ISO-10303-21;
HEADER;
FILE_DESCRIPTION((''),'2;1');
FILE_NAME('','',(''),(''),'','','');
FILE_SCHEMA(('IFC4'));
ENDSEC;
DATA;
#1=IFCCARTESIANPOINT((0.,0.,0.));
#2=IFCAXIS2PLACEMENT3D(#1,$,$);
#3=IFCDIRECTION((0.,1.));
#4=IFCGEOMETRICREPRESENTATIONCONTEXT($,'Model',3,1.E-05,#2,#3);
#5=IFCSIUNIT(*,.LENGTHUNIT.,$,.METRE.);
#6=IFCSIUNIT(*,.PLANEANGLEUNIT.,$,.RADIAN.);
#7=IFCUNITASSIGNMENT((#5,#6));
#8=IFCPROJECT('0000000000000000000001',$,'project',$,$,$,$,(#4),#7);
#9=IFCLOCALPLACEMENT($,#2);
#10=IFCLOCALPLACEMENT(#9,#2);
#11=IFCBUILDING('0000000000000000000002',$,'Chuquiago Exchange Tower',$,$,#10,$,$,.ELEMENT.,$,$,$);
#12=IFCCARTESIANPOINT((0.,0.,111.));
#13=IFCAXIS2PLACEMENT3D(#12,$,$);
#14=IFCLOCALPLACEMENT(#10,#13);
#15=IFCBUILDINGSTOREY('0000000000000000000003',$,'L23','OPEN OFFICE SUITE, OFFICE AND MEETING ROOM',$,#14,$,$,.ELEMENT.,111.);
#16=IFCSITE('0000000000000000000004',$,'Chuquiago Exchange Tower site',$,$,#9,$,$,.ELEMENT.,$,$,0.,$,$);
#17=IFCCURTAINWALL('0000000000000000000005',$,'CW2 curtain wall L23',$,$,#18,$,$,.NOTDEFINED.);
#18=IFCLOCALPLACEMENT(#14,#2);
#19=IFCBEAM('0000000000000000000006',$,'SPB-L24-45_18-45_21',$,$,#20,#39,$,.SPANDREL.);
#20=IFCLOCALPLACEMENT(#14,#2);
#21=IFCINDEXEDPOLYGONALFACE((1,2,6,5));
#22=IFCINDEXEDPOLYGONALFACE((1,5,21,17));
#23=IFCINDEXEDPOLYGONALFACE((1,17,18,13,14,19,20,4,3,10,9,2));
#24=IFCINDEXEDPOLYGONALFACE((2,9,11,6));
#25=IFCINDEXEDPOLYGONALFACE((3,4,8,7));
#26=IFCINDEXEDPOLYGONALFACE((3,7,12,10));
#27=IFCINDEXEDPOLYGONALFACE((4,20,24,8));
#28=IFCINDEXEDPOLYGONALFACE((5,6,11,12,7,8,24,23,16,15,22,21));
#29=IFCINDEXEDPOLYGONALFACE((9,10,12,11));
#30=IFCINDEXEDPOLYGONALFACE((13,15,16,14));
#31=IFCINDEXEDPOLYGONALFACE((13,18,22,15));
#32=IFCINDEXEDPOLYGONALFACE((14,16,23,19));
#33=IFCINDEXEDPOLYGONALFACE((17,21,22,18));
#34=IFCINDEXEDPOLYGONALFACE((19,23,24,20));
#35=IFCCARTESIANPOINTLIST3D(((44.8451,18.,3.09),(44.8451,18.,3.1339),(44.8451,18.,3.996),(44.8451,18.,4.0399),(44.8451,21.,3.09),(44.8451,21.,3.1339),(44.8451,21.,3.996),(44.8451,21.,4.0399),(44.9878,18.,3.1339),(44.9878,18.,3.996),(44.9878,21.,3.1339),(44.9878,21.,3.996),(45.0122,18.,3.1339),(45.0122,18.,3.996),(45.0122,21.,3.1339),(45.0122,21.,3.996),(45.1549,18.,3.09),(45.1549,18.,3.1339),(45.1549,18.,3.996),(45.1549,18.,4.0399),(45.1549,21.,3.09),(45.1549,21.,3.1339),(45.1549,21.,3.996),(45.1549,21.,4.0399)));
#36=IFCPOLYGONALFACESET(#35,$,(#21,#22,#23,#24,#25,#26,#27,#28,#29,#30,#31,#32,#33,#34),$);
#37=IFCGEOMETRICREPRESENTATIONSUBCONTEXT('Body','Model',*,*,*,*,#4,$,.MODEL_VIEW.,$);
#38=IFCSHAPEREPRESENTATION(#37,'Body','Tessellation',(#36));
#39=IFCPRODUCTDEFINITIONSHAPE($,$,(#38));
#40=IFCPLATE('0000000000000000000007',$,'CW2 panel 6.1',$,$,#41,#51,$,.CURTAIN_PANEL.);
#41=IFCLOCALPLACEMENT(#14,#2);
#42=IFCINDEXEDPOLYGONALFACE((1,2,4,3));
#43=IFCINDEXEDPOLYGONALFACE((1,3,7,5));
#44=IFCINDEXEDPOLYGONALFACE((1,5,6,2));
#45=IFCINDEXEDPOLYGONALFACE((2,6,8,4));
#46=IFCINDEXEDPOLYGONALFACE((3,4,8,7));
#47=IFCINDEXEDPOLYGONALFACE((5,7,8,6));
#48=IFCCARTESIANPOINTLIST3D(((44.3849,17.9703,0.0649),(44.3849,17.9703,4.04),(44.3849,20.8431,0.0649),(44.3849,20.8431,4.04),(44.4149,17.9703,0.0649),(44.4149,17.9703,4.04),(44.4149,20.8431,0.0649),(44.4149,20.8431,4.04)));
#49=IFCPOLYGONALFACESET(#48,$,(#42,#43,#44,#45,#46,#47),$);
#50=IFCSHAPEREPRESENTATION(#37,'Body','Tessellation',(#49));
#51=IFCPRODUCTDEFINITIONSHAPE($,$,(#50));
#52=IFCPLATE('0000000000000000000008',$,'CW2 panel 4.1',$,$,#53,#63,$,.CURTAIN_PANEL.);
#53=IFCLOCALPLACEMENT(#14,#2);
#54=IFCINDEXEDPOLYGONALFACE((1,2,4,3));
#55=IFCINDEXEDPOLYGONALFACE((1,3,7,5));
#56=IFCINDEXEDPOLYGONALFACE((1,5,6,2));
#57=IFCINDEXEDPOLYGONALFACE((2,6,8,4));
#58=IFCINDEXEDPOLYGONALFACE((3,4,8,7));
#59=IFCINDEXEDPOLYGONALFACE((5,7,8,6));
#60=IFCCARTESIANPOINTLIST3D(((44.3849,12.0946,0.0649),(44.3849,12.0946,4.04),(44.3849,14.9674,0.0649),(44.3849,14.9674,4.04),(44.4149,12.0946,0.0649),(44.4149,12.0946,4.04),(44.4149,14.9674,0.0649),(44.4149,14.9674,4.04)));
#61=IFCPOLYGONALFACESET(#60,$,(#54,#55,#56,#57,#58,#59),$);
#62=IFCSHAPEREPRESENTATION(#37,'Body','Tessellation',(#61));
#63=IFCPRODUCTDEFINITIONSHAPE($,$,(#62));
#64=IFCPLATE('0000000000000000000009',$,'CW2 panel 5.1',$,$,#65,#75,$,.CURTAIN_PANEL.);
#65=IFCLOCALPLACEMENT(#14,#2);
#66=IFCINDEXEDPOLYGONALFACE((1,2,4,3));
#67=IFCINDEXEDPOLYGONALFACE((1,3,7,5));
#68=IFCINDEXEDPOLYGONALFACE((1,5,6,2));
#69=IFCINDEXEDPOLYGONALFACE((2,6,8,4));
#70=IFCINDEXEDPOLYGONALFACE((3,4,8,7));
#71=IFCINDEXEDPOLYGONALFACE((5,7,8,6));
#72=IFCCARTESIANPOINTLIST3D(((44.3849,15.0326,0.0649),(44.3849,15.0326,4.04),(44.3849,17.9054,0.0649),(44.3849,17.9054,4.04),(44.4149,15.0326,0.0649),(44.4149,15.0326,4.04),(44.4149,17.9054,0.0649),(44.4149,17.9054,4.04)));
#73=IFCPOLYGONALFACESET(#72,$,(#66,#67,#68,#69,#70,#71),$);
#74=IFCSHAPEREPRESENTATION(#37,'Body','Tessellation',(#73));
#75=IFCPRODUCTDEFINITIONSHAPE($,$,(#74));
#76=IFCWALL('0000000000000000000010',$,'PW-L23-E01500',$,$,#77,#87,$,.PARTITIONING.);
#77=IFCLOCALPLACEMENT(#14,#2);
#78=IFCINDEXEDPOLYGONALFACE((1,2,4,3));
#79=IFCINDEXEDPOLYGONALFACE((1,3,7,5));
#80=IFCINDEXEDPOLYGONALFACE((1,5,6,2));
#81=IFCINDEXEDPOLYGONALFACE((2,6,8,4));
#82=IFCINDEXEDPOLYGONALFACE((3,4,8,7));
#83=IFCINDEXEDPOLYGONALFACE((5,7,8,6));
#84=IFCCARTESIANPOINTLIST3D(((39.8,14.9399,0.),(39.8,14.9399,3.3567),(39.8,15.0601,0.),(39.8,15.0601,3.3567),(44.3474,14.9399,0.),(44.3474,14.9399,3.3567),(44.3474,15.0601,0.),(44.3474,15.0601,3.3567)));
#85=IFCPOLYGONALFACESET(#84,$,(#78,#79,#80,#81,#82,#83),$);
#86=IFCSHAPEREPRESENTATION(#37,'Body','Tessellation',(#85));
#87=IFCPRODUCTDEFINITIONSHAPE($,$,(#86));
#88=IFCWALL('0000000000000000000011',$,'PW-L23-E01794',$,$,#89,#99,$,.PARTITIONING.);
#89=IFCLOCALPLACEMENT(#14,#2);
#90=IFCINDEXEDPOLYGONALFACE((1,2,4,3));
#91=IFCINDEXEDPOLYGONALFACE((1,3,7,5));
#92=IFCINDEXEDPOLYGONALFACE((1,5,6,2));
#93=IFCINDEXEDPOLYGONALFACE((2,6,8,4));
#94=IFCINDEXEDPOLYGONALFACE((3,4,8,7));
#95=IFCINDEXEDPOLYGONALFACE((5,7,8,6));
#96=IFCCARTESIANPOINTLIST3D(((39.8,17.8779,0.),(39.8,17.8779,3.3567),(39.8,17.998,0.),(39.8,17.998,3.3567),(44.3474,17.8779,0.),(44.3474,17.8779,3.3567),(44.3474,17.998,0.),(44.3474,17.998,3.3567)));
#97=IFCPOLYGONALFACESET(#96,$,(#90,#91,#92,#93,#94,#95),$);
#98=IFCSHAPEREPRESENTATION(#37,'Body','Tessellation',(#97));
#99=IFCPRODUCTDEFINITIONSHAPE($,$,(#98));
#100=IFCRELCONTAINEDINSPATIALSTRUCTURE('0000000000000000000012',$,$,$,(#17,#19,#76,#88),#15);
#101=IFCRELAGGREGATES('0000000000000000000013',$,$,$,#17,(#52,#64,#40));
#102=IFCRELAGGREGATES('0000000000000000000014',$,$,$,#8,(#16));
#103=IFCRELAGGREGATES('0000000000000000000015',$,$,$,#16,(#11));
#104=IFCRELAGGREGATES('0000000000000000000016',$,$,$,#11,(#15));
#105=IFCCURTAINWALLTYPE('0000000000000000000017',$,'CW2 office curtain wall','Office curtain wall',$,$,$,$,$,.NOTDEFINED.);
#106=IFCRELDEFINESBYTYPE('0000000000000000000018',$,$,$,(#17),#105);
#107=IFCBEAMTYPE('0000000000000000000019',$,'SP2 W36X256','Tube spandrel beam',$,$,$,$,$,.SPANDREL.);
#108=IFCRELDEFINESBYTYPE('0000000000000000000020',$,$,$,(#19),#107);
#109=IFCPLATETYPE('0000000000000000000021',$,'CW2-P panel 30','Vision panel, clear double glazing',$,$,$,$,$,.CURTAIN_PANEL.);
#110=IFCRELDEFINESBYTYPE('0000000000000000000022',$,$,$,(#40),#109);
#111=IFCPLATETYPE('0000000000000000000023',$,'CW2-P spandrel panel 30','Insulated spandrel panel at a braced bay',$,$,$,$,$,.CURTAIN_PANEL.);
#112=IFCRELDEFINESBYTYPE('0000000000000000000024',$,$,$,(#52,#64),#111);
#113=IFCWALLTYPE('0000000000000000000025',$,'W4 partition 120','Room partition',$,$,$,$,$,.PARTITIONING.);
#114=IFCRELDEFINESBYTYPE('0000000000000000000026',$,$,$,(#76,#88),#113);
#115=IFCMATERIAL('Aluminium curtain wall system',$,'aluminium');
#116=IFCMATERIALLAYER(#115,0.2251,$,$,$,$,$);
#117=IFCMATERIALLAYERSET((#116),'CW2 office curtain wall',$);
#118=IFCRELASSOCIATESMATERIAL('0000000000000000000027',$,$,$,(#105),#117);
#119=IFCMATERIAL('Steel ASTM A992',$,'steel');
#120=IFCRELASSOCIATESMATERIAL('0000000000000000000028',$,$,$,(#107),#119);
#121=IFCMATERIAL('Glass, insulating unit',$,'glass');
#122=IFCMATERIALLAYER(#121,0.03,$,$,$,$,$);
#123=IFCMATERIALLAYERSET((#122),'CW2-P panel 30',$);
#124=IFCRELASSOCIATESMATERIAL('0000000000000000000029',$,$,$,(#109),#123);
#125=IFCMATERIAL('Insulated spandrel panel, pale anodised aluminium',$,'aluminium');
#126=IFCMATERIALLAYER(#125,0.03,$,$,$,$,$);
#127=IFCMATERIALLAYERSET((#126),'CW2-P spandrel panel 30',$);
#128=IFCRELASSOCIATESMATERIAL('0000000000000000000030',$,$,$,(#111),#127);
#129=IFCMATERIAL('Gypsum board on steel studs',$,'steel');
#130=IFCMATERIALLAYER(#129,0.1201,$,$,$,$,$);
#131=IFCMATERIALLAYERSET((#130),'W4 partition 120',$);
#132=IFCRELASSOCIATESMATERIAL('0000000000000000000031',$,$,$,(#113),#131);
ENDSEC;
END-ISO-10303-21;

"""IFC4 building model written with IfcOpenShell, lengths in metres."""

from ifc_helpers import new_model, si_unit, direction, frame, frame_2d, origin, origin_2d, place, context, subcontext, project, spatial, rectangle, i_section, extrude, material, layer, layer_set, material_profile, profile_set, type_object, element, aggregate, save


model = new_model("IFC4")

# Units and contexts
model_context = context("Model", 3, precision=1e-05, world=origin(), true_north=direction((0.0, 1.0)))
body_context = subcontext(model_context, "Body", "Model", "MODEL_VIEW")
ifc_project = project(units=[si_unit("LENGTHUNIT", "METRE"), si_unit("PLANEANGLEUNIT", "RADIAN")], contexts=[model_context])

# Site, building, storey
site_placement = place(None, origin())
site = spatial("IfcSite", under=ifc_project, at=site_placement, Name="Chuquiago Exchange Tower site", CompositionType="ELEMENT", RefElevation=0.0)
building_placement = place(site_placement, origin())
building = spatial("IfcBuilding", under=site, at=building_placement, Name="Chuquiago Exchange Tower", CompositionType="ELEMENT")
storey_placement = place(building_placement, frame((0.0, 0.0, 111.0)))
storey = spatial("IfcBuildingStorey", under=building, at=storey_placement, Name="L23", Description="OPEN OFFICE SUITE, OFFICE AND MEETING ROOM", CompositionType="ELEMENT", Elevation=111.0)

# Curtain wall
ifc_material_1 = material(Name="Aluminium curtain wall system", Category="aluminium")
ifc_layer_1 = layer(ifc_material_1, 0.2251)
ifc_layer_set_1 = layer_set([ifc_layer_1], Name="CW2 office curtain wall")
curtain_wall_type = type_object("IfcCurtainWallType", Name="CW2 office curtain wall", Description="Office curtain wall", PredefinedType="NOTDEFINED", material=ifc_layer_set_1)
curtain_wall_placement = place(storey_placement, origin())
curtain_wall = element("IfcCurtainWall", 1, at=curtain_wall_placement, inside=storey, type_object=curtain_wall_type, Name="CW2 curtain wall L23", PredefinedType="NOTDEFINED")

# Beam
ifc_material_2 = material(Name="Steel ASTM A992", Category="steel")
ifc_material_profile_1 = material_profile(ifc_material_2, i_section(OverallWidth=0.3098, OverallDepth=0.95, WebThickness=0.0244, FlangeThickness=0.0439, at=origin_2d()), Name="W36X256")
ifc_profile_set_1 = profile_set([ifc_material_profile_1], Name="Steel ASTM A992")
beam_type_1 = type_object("IfcBeamType", Name="SP2 W36X256", Description="Tube spandrel beam", PredefinedType="SPANDREL", material=ifc_profile_set_1)
for number, where, z_axis, x_axis, name in (
    (2, (45.0, 18.0, 3.5649), (0.0, 1.0, 0.0), (-1.0, 0.0, 0.0), "SPB-L24-45_18-45_21"),
):
    element("IfcBeam", number, at=place(storey_placement, frame(where, z_axis=z_axis, x_axis=x_axis)), inside=storey, type_object=beam_type_1, Name=name, PredefinedType="SPANDREL", context=body_context, shape_type="SweptSolid", body=[
        extrude(i_section(OverallWidth=0.3098, OverallDepth=0.95, WebThickness=0.0244, FlangeThickness=0.0439, at=origin_2d()), origin(), (0.0, 0.0, 1.0), 3.0),
    ])

# Plates
ifc_material_3 = material(Name="Glass, insulating unit", Category="glass")
ifc_layer_2 = layer(ifc_material_3, 0.03)
ifc_layer_set_2 = layer_set([ifc_layer_2], Name="CW2-P panel 30")
plate_type_1 = type_object("IfcPlateType", Name="CW2-P panel 30", Description="Vision panel, clear double glazing", PredefinedType="CURTAIN_PANEL", material=ifc_layer_set_2)
plate_1_placement = place(storey_placement, frame((44.3999, 19.4067, 0.0649), z_axis=(0.0, 0.0, 1.0), x_axis=(0.0, 1.0, 0.0)))
plate_1 = element("IfcPlate", 3, at=plate_1_placement, type_object=plate_type_1, Name="CW2 panel 6.1", PredefinedType="CURTAIN_PANEL", context=body_context, shape_type="SweptSolid", body=[
    extrude(rectangle(XDim=2.8728, YDim=0.03, at=origin_2d()), origin(), (0.0, 0.0, 1.0), 3.9751),
])
ifc_material_4 = material(Name="Insulated spandrel panel, pale anodised aluminium", Category="aluminium")
ifc_layer_3 = layer(ifc_material_4, 0.03)
ifc_layer_set_3 = layer_set([ifc_layer_3], Name="CW2-P spandrel panel 30")
plate_type_2 = type_object("IfcPlateType", Name="CW2-P spandrel panel 30", Description="Insulated spandrel panel at a braced bay", PredefinedType="CURTAIN_PANEL", material=ifc_layer_set_3)
plate_2_placement = place(storey_placement, frame((44.3999, 13.531, 0.0649), z_axis=(0.0, 0.0, 1.0), x_axis=(0.0, 1.0, 0.0)))
plate_2 = element("IfcPlate", 4, at=plate_2_placement, type_object=plate_type_2, Name="CW2 panel 4.1", PredefinedType="CURTAIN_PANEL", context=body_context, shape_type="SweptSolid", body=[
    extrude(rectangle(XDim=2.8728, YDim=0.03, at=origin_2d()), origin(), (0.0, 0.0, 1.0), 3.9751),
])
plate_3_placement = place(storey_placement, frame((44.3999, 16.469, 0.0649), z_axis=(0.0, 0.0, 1.0), x_axis=(0.0, 1.0, 0.0)))
plate_3 = element("IfcPlate", 5, at=plate_3_placement, type_object=plate_type_2, Name="CW2 panel 5.1", PredefinedType="CURTAIN_PANEL", context=body_context, shape_type="SweptSolid", body=[
    extrude(rectangle(XDim=2.8728, YDim=0.03, at=origin_2d()), origin(), (0.0, 0.0, 1.0), 3.9751),
])
aggregate(curtain_wall, [plate_2, plate_3, plate_1])

# Walls
ifc_material_5 = material(Name="Gypsum board on steel studs", Category="steel")
ifc_layer_4 = layer(ifc_material_5, 0.1201)
ifc_layer_set_4 = layer_set([ifc_layer_4], Name="W4 partition 120")
wall_type = type_object("IfcWallType", Name="W4 partition 120", Description="Room partition", PredefinedType="PARTITIONING", material=ifc_layer_set_4)
for number, where, z_axis, x_axis, name in (
    (6, (44.3474, 15.0, 0.0), (0.0, 0.0, 1.0), (-1.0, 0.0, 0.0), "PW-L23-E01500"),
    (7, (44.3474, 17.938, 0.0), (0.0, 0.0, 1.0), (-1.0, 0.0, 0.0), "PW-L23-E01794"),
):
    element("IfcWall", number, at=place(storey_placement, frame(where, z_axis=z_axis, x_axis=x_axis)), inside=storey, type_object=wall_type, Name=name, PredefinedType="PARTITIONING", context=body_context, shape_type="SweptSolid", body=[
        extrude(rectangle(XDim=4.5474, YDim=0.1201, at=frame_2d((2.2737, 0.0))), origin(), (0.0, 0.0, 1.0), 3.3567),
    ])

save(model, "model.ifc")
